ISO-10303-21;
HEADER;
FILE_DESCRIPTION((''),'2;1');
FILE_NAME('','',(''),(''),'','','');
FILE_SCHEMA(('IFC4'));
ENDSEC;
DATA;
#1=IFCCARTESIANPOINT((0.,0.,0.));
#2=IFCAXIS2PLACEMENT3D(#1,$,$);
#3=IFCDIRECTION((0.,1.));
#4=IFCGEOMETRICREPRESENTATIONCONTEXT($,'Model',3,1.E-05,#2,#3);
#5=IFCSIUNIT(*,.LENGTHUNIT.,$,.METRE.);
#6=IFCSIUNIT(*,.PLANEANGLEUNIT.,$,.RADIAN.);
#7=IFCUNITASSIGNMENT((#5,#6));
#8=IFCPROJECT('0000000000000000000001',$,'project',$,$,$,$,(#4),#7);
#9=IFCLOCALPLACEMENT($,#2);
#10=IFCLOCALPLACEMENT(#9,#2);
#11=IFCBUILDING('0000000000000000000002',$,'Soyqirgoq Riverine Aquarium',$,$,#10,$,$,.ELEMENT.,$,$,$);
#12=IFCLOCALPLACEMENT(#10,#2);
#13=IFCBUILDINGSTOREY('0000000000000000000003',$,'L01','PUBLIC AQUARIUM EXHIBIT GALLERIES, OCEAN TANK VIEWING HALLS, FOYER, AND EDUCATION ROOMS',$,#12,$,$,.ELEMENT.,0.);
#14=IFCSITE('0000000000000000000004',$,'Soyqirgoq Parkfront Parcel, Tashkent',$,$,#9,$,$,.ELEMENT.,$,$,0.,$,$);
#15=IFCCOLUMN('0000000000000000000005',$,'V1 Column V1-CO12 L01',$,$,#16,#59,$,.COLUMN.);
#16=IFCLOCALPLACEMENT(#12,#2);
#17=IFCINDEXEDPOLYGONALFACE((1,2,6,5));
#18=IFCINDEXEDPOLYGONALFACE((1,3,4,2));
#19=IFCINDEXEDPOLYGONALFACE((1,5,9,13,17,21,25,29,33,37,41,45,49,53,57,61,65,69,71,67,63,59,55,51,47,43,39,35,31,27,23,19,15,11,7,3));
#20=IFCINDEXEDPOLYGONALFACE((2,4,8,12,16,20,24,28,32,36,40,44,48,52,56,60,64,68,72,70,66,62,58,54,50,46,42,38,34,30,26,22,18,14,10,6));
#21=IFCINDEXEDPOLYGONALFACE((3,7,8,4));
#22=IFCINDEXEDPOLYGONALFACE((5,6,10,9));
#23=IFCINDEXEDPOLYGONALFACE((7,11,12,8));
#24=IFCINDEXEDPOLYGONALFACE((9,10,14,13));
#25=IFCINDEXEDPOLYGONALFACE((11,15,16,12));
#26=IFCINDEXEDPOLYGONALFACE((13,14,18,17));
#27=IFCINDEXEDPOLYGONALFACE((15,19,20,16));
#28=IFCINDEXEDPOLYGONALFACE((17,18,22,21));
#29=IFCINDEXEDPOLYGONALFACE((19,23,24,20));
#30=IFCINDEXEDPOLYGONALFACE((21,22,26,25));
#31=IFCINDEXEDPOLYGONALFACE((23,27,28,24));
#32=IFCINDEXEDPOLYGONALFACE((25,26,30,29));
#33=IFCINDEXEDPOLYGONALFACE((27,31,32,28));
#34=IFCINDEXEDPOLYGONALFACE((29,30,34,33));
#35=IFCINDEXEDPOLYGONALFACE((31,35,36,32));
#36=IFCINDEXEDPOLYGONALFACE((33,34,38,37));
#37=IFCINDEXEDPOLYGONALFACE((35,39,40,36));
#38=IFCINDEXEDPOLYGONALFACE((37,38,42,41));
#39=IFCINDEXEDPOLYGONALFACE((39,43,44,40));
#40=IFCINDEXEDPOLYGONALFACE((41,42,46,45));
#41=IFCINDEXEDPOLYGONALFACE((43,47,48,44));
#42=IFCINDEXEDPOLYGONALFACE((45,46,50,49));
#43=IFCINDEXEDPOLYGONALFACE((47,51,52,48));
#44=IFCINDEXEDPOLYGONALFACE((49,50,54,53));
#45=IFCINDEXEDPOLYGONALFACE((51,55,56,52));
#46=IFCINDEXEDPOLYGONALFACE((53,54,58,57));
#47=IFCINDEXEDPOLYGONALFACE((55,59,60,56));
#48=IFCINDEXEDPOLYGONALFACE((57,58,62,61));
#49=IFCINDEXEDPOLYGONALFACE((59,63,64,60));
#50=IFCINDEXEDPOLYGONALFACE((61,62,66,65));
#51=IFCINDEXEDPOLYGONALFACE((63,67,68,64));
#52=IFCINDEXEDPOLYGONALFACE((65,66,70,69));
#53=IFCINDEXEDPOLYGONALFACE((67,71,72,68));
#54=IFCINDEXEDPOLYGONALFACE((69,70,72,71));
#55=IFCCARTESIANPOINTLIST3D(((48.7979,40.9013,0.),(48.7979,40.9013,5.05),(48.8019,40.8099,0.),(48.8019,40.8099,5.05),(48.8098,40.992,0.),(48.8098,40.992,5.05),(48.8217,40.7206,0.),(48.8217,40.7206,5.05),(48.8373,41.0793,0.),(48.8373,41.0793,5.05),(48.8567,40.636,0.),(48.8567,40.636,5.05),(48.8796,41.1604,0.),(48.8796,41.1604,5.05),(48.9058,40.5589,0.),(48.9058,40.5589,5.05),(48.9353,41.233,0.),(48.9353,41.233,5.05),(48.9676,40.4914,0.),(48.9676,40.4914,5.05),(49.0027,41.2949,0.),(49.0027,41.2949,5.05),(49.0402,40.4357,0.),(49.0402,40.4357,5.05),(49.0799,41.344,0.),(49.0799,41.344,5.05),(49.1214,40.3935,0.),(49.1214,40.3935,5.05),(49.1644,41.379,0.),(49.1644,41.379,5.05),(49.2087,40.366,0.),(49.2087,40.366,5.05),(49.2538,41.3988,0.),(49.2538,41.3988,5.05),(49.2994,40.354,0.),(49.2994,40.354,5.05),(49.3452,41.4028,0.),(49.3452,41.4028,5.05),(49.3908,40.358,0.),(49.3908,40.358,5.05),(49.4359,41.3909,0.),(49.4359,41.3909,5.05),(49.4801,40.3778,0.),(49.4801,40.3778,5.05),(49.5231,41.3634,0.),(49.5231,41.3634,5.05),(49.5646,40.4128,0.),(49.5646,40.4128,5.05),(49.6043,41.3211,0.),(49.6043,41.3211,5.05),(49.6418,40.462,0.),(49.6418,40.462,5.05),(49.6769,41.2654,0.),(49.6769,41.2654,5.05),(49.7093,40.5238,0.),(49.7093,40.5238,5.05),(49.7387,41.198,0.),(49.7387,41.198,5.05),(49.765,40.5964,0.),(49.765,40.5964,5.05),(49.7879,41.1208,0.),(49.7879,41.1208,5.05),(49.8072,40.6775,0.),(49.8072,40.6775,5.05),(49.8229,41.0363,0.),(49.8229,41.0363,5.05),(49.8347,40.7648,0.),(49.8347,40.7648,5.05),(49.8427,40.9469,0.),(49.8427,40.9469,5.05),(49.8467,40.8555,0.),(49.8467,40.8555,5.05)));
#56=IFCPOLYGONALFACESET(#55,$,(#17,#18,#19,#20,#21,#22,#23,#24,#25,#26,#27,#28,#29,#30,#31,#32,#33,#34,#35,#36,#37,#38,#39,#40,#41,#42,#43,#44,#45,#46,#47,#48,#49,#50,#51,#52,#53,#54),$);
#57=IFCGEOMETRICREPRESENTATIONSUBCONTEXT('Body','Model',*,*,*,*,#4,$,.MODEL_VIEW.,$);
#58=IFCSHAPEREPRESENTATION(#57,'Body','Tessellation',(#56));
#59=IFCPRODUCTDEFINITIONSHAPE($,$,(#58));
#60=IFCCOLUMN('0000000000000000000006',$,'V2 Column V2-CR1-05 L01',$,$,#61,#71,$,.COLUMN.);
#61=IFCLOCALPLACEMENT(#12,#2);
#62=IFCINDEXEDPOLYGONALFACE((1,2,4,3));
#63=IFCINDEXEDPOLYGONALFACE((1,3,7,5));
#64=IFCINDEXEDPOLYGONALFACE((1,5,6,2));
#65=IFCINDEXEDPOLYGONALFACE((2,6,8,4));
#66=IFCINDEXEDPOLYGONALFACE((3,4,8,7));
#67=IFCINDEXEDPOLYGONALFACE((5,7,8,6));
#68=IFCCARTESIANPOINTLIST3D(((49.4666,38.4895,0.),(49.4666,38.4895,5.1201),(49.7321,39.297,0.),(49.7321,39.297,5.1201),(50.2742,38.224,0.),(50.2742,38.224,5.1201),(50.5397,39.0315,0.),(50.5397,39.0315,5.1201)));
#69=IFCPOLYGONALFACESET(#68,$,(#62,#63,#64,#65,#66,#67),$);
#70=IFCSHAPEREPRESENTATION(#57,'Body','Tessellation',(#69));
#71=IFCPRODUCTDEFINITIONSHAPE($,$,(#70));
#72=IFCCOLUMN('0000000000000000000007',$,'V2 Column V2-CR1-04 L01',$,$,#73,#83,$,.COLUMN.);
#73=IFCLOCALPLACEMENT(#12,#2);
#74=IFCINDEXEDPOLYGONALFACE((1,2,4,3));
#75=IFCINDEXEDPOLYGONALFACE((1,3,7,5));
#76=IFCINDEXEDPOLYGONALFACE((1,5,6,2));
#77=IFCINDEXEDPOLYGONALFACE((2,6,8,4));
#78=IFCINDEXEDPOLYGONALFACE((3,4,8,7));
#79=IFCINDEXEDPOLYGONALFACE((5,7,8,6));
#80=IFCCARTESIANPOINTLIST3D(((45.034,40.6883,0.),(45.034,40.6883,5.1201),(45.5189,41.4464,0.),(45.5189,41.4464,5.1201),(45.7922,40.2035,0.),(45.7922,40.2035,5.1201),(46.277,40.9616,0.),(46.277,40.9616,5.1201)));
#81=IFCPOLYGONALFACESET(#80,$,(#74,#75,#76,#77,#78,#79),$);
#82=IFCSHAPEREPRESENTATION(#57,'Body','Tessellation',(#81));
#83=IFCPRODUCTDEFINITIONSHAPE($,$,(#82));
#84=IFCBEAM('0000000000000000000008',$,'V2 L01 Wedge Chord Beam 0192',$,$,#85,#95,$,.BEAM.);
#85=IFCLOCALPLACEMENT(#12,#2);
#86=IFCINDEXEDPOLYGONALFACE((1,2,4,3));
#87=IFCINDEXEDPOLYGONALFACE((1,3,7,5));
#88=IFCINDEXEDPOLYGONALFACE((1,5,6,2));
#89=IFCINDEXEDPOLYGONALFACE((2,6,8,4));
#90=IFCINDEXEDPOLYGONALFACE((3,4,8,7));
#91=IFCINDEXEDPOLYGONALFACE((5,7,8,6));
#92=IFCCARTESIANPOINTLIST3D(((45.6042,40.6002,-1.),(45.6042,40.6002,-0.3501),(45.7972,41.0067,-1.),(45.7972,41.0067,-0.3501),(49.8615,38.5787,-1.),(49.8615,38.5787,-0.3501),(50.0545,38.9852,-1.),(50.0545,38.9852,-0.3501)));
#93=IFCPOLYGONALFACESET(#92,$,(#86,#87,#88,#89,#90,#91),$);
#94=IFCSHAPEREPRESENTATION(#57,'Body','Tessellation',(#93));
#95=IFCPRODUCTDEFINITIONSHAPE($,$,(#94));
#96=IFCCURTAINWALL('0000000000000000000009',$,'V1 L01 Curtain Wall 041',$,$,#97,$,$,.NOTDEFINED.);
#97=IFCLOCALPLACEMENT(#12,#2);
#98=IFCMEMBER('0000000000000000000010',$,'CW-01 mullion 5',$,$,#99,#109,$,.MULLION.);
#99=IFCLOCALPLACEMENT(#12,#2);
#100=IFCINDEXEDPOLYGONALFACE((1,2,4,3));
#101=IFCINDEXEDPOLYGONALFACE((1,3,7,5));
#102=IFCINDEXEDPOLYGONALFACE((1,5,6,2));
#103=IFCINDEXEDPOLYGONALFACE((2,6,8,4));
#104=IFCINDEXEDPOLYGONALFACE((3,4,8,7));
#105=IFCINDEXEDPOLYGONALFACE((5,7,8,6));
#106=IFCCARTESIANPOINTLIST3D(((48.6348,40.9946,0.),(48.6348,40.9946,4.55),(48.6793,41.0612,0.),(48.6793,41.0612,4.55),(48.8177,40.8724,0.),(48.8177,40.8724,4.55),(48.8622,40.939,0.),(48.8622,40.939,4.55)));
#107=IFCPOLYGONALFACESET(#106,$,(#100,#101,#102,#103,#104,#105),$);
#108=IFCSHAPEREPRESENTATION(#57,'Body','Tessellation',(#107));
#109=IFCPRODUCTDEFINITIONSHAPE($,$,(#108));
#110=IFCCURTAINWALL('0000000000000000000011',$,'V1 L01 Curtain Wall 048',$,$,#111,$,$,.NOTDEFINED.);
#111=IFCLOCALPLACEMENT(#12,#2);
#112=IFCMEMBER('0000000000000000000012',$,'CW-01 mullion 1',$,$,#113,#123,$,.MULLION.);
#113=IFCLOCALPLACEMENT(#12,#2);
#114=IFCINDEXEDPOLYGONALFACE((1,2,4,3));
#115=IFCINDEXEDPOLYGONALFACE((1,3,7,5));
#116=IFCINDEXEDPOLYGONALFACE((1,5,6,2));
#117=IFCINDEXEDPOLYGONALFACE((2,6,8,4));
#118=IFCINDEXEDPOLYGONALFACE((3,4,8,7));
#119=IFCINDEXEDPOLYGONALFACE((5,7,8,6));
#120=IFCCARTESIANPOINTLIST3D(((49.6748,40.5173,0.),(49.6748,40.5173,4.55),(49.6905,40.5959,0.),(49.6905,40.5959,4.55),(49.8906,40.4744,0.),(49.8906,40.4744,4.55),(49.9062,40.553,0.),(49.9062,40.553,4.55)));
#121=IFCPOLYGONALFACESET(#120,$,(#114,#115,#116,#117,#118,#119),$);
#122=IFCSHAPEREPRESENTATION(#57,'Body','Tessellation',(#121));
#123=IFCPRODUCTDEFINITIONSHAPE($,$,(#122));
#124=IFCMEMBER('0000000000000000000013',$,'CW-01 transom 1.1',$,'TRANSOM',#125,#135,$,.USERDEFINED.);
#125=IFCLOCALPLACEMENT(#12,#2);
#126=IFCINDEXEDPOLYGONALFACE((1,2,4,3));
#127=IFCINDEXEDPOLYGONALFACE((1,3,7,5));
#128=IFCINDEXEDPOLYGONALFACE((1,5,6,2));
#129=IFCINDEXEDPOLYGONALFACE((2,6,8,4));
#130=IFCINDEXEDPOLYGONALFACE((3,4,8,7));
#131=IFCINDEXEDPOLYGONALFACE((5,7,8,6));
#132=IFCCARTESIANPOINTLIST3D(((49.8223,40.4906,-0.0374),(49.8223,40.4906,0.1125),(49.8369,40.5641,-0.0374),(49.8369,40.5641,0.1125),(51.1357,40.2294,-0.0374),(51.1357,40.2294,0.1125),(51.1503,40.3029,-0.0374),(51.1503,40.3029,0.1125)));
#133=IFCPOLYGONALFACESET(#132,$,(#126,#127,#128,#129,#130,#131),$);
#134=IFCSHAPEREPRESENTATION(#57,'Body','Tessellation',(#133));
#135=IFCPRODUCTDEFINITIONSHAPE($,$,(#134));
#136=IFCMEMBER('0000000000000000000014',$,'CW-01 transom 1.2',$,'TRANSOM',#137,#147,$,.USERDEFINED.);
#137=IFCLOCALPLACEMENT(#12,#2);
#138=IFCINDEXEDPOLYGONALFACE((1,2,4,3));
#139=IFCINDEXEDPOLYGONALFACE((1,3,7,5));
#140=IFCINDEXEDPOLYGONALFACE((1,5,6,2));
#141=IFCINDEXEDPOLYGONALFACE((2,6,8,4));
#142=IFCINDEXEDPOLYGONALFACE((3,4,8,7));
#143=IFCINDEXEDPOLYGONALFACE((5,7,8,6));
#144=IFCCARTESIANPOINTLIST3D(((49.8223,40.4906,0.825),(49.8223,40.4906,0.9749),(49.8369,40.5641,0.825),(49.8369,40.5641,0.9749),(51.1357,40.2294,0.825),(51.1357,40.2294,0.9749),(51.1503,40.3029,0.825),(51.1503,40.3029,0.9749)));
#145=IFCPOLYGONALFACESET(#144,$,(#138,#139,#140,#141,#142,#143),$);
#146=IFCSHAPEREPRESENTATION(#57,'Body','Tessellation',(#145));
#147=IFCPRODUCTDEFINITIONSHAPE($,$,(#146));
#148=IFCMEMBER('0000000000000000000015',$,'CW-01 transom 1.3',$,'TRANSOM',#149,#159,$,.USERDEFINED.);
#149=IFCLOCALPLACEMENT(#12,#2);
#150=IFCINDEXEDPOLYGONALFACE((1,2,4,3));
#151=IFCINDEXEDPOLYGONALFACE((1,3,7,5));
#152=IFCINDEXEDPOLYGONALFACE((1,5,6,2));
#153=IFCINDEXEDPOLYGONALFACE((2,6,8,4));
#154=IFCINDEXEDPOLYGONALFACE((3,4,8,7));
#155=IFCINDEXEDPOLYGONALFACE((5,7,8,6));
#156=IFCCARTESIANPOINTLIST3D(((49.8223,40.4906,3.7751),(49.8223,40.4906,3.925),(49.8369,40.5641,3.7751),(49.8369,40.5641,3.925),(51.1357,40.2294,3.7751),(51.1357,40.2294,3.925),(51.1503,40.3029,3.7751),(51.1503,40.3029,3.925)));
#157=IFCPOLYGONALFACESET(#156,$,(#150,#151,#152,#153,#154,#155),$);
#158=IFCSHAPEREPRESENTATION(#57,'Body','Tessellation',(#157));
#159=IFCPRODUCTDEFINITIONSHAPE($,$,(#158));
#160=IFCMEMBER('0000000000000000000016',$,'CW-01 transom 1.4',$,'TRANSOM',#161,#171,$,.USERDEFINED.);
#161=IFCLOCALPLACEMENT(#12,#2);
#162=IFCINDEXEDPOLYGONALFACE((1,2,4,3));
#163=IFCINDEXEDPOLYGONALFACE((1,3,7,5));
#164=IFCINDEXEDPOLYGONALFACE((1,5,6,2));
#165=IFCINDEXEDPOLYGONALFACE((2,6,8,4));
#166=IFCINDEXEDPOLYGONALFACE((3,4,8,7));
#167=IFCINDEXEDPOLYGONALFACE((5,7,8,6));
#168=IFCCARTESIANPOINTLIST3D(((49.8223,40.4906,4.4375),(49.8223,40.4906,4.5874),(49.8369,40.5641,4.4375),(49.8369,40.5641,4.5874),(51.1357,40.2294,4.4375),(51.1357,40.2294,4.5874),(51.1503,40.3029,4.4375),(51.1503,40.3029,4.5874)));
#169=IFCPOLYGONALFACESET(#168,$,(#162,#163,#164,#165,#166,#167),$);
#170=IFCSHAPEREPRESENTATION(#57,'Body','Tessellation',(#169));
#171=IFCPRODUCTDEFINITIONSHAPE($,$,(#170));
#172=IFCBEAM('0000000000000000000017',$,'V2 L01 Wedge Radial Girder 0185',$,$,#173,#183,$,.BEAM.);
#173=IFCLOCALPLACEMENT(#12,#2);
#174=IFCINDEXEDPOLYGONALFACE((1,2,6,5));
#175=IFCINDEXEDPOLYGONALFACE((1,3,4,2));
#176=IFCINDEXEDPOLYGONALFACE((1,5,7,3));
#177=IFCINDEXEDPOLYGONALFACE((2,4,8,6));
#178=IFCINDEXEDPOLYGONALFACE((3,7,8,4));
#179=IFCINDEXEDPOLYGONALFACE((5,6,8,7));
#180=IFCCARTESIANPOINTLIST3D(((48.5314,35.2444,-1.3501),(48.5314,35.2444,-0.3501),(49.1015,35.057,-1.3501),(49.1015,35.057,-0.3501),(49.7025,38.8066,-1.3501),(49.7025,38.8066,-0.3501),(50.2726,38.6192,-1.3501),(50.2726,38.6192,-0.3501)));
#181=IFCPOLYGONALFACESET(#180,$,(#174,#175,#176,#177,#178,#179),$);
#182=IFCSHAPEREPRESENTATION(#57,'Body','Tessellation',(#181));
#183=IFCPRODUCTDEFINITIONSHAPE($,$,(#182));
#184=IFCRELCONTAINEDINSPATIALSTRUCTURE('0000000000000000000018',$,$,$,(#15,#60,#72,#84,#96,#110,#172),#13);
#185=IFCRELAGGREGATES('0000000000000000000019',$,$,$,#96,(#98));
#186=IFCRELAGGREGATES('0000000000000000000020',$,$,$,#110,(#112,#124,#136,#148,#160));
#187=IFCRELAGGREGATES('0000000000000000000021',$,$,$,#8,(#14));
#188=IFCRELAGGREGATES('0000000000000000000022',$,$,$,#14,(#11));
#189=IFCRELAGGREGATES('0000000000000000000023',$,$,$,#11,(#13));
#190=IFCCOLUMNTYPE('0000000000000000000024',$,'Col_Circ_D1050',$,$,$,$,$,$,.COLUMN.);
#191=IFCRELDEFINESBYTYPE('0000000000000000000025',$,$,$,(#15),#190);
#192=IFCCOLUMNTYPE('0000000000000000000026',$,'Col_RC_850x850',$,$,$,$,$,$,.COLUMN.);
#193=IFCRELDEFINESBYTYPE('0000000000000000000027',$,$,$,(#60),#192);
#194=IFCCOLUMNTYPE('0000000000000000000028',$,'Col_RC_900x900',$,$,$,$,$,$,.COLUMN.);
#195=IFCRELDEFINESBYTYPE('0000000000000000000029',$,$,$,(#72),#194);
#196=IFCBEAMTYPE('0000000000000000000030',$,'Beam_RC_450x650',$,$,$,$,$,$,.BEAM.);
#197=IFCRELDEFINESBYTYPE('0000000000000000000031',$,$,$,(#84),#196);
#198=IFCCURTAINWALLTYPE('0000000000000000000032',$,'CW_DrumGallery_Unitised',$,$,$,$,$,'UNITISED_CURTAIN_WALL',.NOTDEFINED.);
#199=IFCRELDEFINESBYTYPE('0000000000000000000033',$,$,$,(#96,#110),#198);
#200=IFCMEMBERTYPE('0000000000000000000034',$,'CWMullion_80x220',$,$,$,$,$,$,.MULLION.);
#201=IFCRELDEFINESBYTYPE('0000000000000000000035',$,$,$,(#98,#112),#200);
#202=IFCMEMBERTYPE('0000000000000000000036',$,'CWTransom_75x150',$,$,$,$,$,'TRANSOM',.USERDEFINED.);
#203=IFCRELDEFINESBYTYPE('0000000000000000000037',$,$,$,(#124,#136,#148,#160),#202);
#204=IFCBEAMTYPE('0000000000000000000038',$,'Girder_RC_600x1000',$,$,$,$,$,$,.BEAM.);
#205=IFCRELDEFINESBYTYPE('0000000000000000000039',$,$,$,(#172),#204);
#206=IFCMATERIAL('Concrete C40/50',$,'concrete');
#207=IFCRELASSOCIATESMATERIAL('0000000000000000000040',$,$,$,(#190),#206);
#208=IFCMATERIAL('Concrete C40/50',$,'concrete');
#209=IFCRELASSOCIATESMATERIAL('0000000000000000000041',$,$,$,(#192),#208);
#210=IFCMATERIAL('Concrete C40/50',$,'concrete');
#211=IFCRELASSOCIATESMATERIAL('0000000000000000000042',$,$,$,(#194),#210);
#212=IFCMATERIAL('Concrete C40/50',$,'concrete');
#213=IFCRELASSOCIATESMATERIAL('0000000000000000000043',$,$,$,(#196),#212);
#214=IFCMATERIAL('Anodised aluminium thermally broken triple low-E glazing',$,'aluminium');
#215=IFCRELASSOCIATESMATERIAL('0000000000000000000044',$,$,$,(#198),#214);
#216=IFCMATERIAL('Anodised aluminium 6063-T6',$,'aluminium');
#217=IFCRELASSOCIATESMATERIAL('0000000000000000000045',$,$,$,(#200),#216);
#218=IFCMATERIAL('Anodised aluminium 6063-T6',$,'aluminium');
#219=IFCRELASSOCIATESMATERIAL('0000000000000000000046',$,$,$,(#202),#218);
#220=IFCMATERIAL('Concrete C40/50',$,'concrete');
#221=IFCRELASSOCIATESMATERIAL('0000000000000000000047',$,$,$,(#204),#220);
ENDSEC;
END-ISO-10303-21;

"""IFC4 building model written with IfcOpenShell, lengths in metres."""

from ifc_helpers import new_model, si_unit, direction, frame, origin, origin_2d, place, context, subcontext, project, spatial, rectangle, circle, extrude, material, material_profile, profile_set, type_object, element, aggregate, save


model = new_model("IFC4")

# Units and contexts
model_context = context("Model", 3, precision=1e-05, world=origin(), true_north=direction((0.0, 1.0)))
body_context = subcontext(model_context, "Body", "Model", "MODEL_VIEW")
ifc_project = project(units=[si_unit("LENGTHUNIT", "METRE"), si_unit("PLANEANGLEUNIT", "RADIAN")], contexts=[model_context])

# Site, building, storey
site_placement = place(None, origin())
site = spatial("IfcSite", under=ifc_project, at=site_placement, Name="Soyqirgoq Parkfront Parcel, Tashkent", CompositionType="ELEMENT", RefElevation=0.0)
building_placement = place(site_placement, origin())
building = spatial("IfcBuilding", under=site, at=building_placement, Name="Soyqirgoq Riverine Aquarium", CompositionType="ELEMENT")
storey_placement = place(building_placement, origin())
storey = spatial("IfcBuildingStorey", under=building, at=storey_placement, Name="L01", Description="PUBLIC AQUARIUM EXHIBIT GALLERIES, OCEAN TANK VIEWING HALLS, FOYER, AND EDUCATION ROOMS", CompositionType="ELEMENT", Elevation=0.0)

# Columns
ifc_material_1 = material(Name="Concrete C40/50", Category="concrete")
ifc_material_profile_1 = material_profile(ifc_material_1, circle(Radius=0.5249, at=origin_2d()), Name="RC-COL D1050")
ifc_profile_set_1 = profile_set([ifc_material_profile_1], Name="Concrete C40/50")
column_type_1 = type_object("IfcColumnType", Name="Col_Circ_D1050", PredefinedType="COLUMN", material=ifc_profile_set_1)
column_1_placement = place(storey_placement, frame((49.3223, 40.8784, 0.0), z_axis=(0.0, 0.0, 1.0), x_axis=(-0.382683, -0.92388, 0.0)))
element("IfcColumn", 1, at=column_1_placement, inside=storey, type_object=column_type_1, Name="V1 Column V1-CO12 L01", PredefinedType="COLUMN", context=body_context, shape_type="SweptSolid", body=[
    extrude(circle(Radius=0.5249, at=origin_2d()), origin(), (0.0, 0.0, 1.0), 5.05),
])
ifc_material_2 = material(Name="Concrete C40/50", Category="concrete")
ifc_material_profile_2 = material_profile(ifc_material_2, rectangle(XDim=0.8501, YDim=0.8501, at=origin_2d()), Name="RC 850x850")
ifc_profile_set_2 = profile_set([ifc_material_profile_2], Name="Concrete C40/50")
column_type_2 = type_object("IfcColumnType", Name="Col_RC_850x850", PredefinedType="COLUMN", material=ifc_profile_set_2)
column_2_placement = place(storey_placement, frame((50.0032, 38.7605, 0.0), z_axis=(0.0, 0.0, 1.0), x_axis=(-0.312335, -0.949972, 0.0)))
element("IfcColumn", 2, at=column_2_placement, inside=storey, type_object=column_type_2, Name="V2 Column V2-CR1-05 L01", PredefinedType="COLUMN", context=body_context, shape_type="SweptSolid", body=[
    extrude(rectangle(XDim=0.8501, YDim=0.8501, at=origin_2d()), origin(), (0.0, 0.0, 1.0), 5.1201),
])
ifc_material_3 = material(Name="Concrete C40/50", Category="concrete")
ifc_material_profile_3 = material_profile(ifc_material_3, rectangle(XDim=0.8999, YDim=0.8999, at=origin_2d()), Name="RC 900x900")
ifc_profile_set_3 = profile_set([ifc_material_profile_3], Name="Concrete C40/50")
column_type_3 = type_object("IfcColumnType", Name="Col_RC_900x900", PredefinedType="COLUMN", material=ifc_profile_set_3)
column_3_placement = place(storey_placement, frame((45.6555, 40.825, 0.0), z_axis=(0.0, 0.0, 1.0), x_axis=(-0.538771, -0.842452, 0.0)))
element("IfcColumn", 3, at=column_3_placement, inside=storey, type_object=column_type_3, Name="V2 Column V2-CR1-04 L01", PredefinedType="COLUMN", context=body_context, shape_type="SweptSolid", body=[
    extrude(rectangle(XDim=0.8999, YDim=0.8999, at=origin_2d()), origin(), (0.0, 0.0, 1.0), 5.1201),
])

# Beam
ifc_material_4 = material(Name="Concrete C40/50", Category="concrete")
ifc_material_profile_4 = material_profile(ifc_material_4, rectangle(XDim=0.45, YDim=0.6499, at=origin_2d()), Name="RC 450x650")
ifc_profile_set_4 = profile_set([ifc_material_profile_4], Name="Concrete C40/50")
beam_type_1 = type_object("IfcBeamType", Name="Beam_RC_450x650", PredefinedType="BEAM", material=ifc_profile_set_4)
beam_1_placement = place(storey_placement, frame((45.7007, 40.8035, -0.675), z_axis=(0.903339, -0.428928, 0.0), x_axis=(0.428928, 0.903339, 0.0)))
element("IfcBeam", 4, at=beam_1_placement, inside=storey, type_object=beam_type_1, Name="V2 L01 Wedge Chord Beam 0192", PredefinedType="BEAM", context=body_context, shape_type="SweptSolid", body=[
    extrude(rectangle(XDim=0.45, YDim=0.6499, at=origin_2d()), origin(), (0.0, 0.0, 1.0), 4.7129),
])

# Curtain wall, member
ifc_material_5 = material(Name="Anodised aluminium thermally broken triple low-E glazing", Category="aluminium")
curtain_wall_type = type_object("IfcCurtainWallType", Name="CW_DrumGallery_Unitised", ElementType="UNITISED_CURTAIN_WALL", PredefinedType="NOTDEFINED", material=ifc_material_5)
curtain_wall_1_placement = place(storey_placement, origin())
curtain_wall_1 = element("IfcCurtainWall", 5, at=curtain_wall_1_placement, inside=storey, type_object=curtain_wall_type, Name="V1 L01 Curtain Wall 041", PredefinedType="NOTDEFINED")
ifc_material_6 = material(Name="Anodised aluminium 6063-T6", Category="aluminium")
ifc_material_profile_5 = material_profile(ifc_material_6, rectangle(XDim=0.0801, YDim=0.22, at=origin_2d()), Name="ALU-M 80x220")
ifc_profile_set_5 = profile_set([ifc_material_profile_5], Name="Anodised aluminium 6063-T6")
member_type_1 = type_object("IfcMemberType", Name="CWMullion_80x220", PredefinedType="MULLION", material=ifc_profile_set_5)
member_1_placement = place(storey_placement, frame((48.7485, 40.9668, 0.0), z_axis=(0.0, 0.0, 1.0), x_axis=(0.555574, 0.831467, 0.0)))
member_1 = element("IfcMember", 6, at=member_1_placement, type_object=member_type_1, Name="CW-01 mullion 5", PredefinedType="MULLION", context=body_context, shape_type="SweptSolid", body=[
    extrude(rectangle(XDim=0.0801, YDim=0.22, at=origin_2d()), origin(), (0.0, 0.0, 1.0), 4.55),
])

# Curtain wall, members
curtain_wall_2_placement = place(storey_placement, origin())
curtain_wall_2 = element("IfcCurtainWall", 7, at=curtain_wall_2_placement, inside=storey, type_object=curtain_wall_type, Name="V1 L01 Curtain Wall 048", PredefinedType="NOTDEFINED")
member_2_placement = place(storey_placement, frame((49.7905, 40.5352, 0.0), z_axis=(0.0, 0.0, 1.0), x_axis=(0.195075, 0.980788, 0.0)))
member_2 = element("IfcMember", 8, at=member_2_placement, type_object=member_type_1, Name="CW-01 mullion 1", PredefinedType="MULLION", context=body_context, shape_type="SweptSolid", body=[
    extrude(rectangle(XDim=0.0801, YDim=0.22, at=origin_2d()), origin(), (0.0, 0.0, 1.0), 4.55),
])
ifc_material_7 = material(Name="Anodised aluminium 6063-T6", Category="aluminium")
ifc_material_profile_6 = material_profile(ifc_material_7, rectangle(XDim=0.075, YDim=0.1499, at=origin_2d()), Name="ALU-T 75x150")
ifc_profile_set_6 = profile_set([ifc_material_profile_6], Name="Anodised aluminium 6063-T6")
member_type_2 = type_object("IfcMemberType", Name="CWTransom_75x150", ElementType="TRANSOM", PredefinedType="USERDEFINED", material=ifc_profile_set_6)
member_3_placement = place(storey_placement, frame((49.8296, 40.5273, 0.0376), z_axis=(0.98079, -0.195064, 0.0), x_axis=(0.195064, 0.98079, 0.0)))
member_3 = element("IfcMember", 9, at=member_3_placement, type_object=member_type_2, Name="CW-01 transom 1.1", ObjectType="TRANSOM", PredefinedType="USERDEFINED", context=body_context, shape_type="SweptSolid", body=[
    extrude(rectangle(XDim=0.075, YDim=0.1499, at=origin_2d()), origin(), (0.0, 0.0, 1.0), 1.3391),
])
member_4_placement = place(storey_placement, frame((49.8296, 40.5273, 0.8999), z_axis=(0.98079, -0.195064, 0.0), x_axis=(0.195064, 0.98079, 0.0)))
member_4 = element("IfcMember", 10, at=member_4_placement, type_object=member_type_2, Name="CW-01 transom 1.2", ObjectType="TRANSOM", PredefinedType="USERDEFINED", context=body_context, shape_type="SweptSolid", body=[
    extrude(rectangle(XDim=0.075, YDim=0.1499, at=origin_2d()), origin(), (0.0, 0.0, 1.0), 1.3391),
])
member_5_placement = place(storey_placement, frame((49.8296, 40.5273, 3.8501), z_axis=(0.98079, -0.195064, 0.0), x_axis=(0.195064, 0.98079, 0.0)))
member_5 = element("IfcMember", 11, at=member_5_placement, type_object=member_type_2, Name="CW-01 transom 1.3", ObjectType="TRANSOM", PredefinedType="USERDEFINED", context=body_context, shape_type="SweptSolid", body=[
    extrude(rectangle(XDim=0.075, YDim=0.1499, at=origin_2d()), origin(), (0.0, 0.0, 1.0), 1.3391),
])
member_6_placement = place(storey_placement, frame((49.8296, 40.5273, 4.5125), z_axis=(0.98079, -0.195064, 0.0), x_axis=(0.195064, 0.98079, 0.0)))
member_6 = element("IfcMember", 12, at=member_6_placement, type_object=member_type_2, Name="CW-01 transom 1.4", ObjectType="TRANSOM", PredefinedType="USERDEFINED", context=body_context, shape_type="SweptSolid", body=[
    extrude(rectangle(XDim=0.075, YDim=0.1499, at=origin_2d()), origin(), (0.0, 0.0, 1.0), 1.3391),
])

# Beam
ifc_material_8 = material(Name="Concrete C40/50", Category="concrete")
ifc_material_profile_7 = material_profile(ifc_material_8, rectangle(XDim=0.6001, YDim=1.0, at=origin_2d()), Name="RC 600x1000")
ifc_profile_set_7 = profile_set([ifc_material_profile_7], Name="Concrete C40/50")
beam_type_2 = type_object("IfcBeamType", Name="Girder_RC_600x1000", PredefinedType="BEAM", material=ifc_profile_set_7)
beam_2_placement = place(storey_placement, frame((49.9875, 38.7129, -0.8501), z_axis=(-0.312319, -0.949977, 0.0), x_axis=(0.949977, -0.312319, 0.0)))
element("IfcBeam", 13, at=beam_2_placement, inside=storey, type_object=beam_type_2, Name="V2 L01 Wedge Radial Girder 0185", PredefinedType="BEAM", context=body_context, shape_type="SweptSolid", body=[
    extrude(rectangle(XDim=0.6001, YDim=1.0, at=origin_2d()), origin(), (0.0, 0.0, 1.0), 3.7498),
])

aggregate(curtain_wall_1, [member_1])
aggregate(curtain_wall_2, [member_2, member_3, member_4, member_5, member_6])

save(model, "model.ifc")
